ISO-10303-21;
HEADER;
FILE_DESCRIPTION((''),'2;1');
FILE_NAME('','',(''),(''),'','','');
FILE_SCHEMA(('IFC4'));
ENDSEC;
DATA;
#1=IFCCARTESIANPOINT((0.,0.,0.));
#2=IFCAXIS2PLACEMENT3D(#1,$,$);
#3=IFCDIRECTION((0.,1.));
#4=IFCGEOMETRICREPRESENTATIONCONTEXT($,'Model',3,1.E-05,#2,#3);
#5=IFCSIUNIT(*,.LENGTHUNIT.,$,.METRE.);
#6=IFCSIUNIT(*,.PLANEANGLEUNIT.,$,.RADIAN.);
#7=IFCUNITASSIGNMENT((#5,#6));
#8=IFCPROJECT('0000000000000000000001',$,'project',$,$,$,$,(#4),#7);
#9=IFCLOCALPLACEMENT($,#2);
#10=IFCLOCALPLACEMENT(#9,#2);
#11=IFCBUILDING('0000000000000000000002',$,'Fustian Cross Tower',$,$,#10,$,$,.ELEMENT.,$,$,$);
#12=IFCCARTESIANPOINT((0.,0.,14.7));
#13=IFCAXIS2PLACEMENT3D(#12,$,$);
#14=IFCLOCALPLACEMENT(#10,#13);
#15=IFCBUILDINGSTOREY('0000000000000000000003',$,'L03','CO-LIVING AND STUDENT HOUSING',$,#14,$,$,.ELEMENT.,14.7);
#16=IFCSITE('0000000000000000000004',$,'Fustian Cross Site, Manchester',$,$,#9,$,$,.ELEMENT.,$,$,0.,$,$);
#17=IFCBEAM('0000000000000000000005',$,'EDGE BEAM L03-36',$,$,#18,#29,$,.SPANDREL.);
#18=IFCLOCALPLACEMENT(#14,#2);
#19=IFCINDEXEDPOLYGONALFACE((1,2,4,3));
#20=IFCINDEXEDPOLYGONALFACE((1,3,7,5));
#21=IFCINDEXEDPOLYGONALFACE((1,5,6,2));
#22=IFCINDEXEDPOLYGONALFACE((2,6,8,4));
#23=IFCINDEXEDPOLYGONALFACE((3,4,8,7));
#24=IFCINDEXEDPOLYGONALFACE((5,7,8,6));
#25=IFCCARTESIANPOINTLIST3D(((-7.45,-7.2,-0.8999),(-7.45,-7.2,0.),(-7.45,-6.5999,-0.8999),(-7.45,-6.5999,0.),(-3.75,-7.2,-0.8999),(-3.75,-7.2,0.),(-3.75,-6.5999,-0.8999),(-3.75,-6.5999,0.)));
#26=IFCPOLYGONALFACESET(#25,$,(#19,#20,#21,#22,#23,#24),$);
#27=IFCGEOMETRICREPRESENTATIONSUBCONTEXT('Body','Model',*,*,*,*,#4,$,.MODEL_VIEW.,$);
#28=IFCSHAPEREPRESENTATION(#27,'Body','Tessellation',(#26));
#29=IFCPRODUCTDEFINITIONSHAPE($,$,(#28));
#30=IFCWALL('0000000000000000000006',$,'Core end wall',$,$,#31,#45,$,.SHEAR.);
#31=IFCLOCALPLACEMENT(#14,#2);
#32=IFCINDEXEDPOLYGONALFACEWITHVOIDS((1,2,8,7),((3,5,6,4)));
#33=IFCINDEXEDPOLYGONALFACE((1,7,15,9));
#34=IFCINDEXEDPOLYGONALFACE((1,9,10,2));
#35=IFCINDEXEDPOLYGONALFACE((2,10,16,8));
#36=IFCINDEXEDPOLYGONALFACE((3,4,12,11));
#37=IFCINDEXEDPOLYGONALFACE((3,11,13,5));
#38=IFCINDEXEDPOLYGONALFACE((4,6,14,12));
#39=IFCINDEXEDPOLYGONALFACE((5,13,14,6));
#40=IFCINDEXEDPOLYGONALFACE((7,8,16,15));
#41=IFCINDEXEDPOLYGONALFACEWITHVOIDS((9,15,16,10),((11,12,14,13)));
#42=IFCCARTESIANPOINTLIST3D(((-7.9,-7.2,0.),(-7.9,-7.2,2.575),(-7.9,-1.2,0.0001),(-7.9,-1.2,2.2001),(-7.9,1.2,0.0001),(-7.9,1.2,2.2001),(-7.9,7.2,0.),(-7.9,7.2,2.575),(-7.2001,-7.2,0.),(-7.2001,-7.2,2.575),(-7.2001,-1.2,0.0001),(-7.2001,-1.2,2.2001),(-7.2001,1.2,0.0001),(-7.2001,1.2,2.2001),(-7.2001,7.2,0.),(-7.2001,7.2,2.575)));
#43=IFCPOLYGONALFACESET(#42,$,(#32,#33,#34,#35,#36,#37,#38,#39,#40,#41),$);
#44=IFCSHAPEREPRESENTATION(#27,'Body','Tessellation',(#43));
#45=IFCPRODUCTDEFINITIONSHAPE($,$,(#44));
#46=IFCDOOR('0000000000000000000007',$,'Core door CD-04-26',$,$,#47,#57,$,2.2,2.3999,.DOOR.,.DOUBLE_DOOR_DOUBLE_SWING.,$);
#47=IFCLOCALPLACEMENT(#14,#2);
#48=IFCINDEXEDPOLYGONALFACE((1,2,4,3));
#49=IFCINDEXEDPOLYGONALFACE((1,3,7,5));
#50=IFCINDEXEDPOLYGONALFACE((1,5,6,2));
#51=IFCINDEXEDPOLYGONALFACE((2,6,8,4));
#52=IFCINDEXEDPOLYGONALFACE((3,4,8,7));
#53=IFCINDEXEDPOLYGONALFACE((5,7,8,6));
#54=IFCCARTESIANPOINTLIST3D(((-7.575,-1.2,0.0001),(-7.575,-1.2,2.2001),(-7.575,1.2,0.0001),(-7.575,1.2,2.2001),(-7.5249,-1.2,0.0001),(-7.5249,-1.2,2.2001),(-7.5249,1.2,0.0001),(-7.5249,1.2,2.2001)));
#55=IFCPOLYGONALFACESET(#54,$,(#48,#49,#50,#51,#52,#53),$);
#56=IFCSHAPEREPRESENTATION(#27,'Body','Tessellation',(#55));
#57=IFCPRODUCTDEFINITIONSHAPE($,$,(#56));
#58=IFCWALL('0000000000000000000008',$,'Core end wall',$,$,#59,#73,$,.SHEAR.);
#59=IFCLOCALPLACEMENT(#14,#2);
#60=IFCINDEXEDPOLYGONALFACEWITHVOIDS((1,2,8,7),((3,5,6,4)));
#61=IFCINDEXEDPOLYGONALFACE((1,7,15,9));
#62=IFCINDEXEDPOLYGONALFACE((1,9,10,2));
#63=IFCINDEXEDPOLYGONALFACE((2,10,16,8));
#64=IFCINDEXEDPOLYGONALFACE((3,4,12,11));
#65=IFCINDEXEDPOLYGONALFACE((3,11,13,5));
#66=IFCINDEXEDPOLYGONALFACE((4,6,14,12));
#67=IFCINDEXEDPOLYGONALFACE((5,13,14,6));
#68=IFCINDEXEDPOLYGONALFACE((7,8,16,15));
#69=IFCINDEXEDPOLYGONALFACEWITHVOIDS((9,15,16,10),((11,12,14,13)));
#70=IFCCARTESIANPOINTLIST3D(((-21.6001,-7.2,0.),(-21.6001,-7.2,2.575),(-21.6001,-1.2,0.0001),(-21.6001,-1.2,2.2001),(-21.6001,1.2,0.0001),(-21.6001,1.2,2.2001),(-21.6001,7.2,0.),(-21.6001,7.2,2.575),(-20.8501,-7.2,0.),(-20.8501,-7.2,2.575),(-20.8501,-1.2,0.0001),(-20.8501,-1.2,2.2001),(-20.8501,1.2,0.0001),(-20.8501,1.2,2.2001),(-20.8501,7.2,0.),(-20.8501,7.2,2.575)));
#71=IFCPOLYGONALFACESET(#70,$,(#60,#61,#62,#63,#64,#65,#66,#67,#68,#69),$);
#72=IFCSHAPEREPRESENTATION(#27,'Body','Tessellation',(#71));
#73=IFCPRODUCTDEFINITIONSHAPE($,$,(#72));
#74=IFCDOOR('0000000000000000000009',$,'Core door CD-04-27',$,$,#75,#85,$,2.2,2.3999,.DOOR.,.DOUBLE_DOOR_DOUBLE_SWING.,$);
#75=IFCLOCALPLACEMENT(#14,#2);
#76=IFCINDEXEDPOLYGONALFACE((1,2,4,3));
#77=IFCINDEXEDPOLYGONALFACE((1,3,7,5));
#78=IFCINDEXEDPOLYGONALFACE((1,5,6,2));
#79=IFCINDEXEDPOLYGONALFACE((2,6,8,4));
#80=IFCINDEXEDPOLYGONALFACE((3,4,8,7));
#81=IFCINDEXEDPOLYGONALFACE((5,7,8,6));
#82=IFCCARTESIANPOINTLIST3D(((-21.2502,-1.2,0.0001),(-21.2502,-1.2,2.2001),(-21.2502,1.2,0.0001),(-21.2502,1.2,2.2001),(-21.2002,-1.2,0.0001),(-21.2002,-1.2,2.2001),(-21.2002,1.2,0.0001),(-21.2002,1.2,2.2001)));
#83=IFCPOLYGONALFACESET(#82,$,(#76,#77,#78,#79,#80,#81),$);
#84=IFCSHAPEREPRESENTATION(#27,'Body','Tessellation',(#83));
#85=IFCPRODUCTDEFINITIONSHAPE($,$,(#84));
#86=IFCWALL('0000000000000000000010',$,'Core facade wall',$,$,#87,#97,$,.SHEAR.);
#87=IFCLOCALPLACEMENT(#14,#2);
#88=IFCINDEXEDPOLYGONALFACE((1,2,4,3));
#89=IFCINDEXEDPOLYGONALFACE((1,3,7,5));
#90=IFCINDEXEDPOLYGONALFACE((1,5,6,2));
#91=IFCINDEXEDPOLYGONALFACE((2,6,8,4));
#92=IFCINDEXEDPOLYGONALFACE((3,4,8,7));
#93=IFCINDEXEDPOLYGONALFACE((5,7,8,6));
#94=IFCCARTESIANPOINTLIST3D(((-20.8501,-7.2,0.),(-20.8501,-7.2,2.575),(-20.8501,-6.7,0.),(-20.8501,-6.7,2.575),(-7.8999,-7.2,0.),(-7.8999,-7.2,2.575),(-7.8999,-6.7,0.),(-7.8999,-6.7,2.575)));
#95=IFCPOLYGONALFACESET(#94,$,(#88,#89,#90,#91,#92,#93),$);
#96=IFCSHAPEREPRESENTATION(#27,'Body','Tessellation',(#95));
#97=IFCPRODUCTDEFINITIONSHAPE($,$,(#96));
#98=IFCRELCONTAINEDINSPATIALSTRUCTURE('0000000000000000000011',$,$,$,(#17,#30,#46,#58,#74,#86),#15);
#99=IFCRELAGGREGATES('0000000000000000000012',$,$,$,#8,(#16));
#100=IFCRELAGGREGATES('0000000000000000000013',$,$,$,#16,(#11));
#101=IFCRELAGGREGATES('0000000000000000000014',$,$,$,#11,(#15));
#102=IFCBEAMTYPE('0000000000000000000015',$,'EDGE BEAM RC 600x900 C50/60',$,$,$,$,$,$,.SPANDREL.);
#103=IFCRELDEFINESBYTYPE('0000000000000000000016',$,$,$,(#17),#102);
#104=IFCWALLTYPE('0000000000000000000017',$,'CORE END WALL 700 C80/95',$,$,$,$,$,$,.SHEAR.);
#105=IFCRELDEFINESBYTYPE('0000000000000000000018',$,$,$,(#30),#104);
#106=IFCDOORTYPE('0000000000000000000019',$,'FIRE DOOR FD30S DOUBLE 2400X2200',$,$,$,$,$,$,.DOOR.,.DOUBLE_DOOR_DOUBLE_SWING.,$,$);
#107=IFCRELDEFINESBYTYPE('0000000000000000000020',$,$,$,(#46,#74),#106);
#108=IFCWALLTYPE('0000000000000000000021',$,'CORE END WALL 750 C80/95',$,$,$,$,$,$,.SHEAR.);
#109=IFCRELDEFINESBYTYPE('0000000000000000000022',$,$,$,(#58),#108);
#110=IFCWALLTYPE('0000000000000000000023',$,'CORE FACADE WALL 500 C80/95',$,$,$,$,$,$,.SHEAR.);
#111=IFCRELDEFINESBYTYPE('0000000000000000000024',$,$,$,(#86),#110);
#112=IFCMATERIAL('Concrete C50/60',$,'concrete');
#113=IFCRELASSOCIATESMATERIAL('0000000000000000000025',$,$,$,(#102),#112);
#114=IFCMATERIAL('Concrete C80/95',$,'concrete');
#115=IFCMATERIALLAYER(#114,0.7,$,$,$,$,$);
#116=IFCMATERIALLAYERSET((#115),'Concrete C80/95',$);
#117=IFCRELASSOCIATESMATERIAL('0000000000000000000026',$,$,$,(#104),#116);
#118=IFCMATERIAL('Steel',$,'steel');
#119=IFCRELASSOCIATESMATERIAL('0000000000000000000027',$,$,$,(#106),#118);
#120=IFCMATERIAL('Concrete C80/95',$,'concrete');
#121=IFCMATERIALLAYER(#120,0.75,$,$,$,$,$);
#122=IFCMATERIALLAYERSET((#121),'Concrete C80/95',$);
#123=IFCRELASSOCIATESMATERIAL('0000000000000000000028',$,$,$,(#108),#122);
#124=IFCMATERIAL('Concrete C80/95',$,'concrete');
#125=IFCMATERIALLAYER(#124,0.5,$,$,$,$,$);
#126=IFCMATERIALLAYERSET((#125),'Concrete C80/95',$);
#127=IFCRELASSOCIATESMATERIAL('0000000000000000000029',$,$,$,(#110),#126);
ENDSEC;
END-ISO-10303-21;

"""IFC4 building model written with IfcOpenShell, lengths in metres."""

from ifc_helpers import new_model, si_unit, direction, frame, frame_2d, origin, origin_2d, place, context, subcontext, project, spatial, rectangle, extrude, material, layer, layer_set, material_profile, profile_set, type_object, element, fill, save


model = new_model("IFC4")

# Units and contexts
model_context = context("Model", 3, precision=1e-05, world=origin(), true_north=direction((0.0, 1.0)))
body_context = subcontext(model_context, "Body", "Model", "MODEL_VIEW")
ifc_project = project(units=[si_unit("LENGTHUNIT", "METRE"), si_unit("PLANEANGLEUNIT", "RADIAN")], contexts=[model_context])

# Site, building, storey
site_placement = place(None, origin())
site = spatial("IfcSite", under=ifc_project, at=site_placement, Name="Fustian Cross Site, Manchester", CompositionType="ELEMENT", RefElevation=0.0)
building_placement = place(site_placement, origin())
building = spatial("IfcBuilding", under=site, at=building_placement, Name="Fustian Cross Tower", CompositionType="ELEMENT")
storey_placement = place(building_placement, frame((0.0, 0.0, 14.7)))
storey = spatial("IfcBuildingStorey", under=building, at=storey_placement, Name="L03", Description="CO-LIVING AND STUDENT HOUSING", CompositionType="ELEMENT", Elevation=14.7)

# Beam
ifc_material_1 = material(Name="Concrete C50/60", Category="concrete")
ifc_material_profile = material_profile(ifc_material_1, rectangle(XDim=0.6001, YDim=0.8999, at=origin_2d()), Name="RC 600x900")
ifc_profile_set = profile_set([ifc_material_profile], Name="Concrete C50/60")
beam_type = type_object("IfcBeamType", Name="EDGE BEAM RC 600x900 C50/60", PredefinedType="SPANDREL", material=ifc_profile_set)
beam_placement = place(storey_placement, frame((-7.45, -6.8999, -0.45), z_axis=(1.0, 0.0, 0.0), x_axis=(0.0, 1.0, 0.0)))
element("IfcBeam", 1, at=beam_placement, inside=storey, type_object=beam_type, Name="EDGE BEAM L03-36", PredefinedType="SPANDREL", context=body_context, shape_type="SweptSolid", body=[
    extrude(rectangle(XDim=0.6001, YDim=0.8999, at=origin_2d()), origin(), (0.0, 0.0, 1.0), 3.7),
])

# Walls, openings, doors
ifc_material_2 = material(Name="Concrete C80/95", Category="concrete")
ifc_layer_1 = layer(ifc_material_2, 0.7)
ifc_layer_set_1 = layer_set([ifc_layer_1], Name="Concrete C80/95")
wall_type_1 = type_object("IfcWallType", Name="CORE END WALL 700 C80/95", PredefinedType="SHEAR", material=ifc_layer_set_1)
wall_1_placement = place(storey_placement, frame((-7.55, -7.2, 0.0), z_axis=(0.0, 0.0, 1.0), x_axis=(0.0, 1.0, 0.0)))
wall_1 = element("IfcWall", 2, at=wall_1_placement, inside=storey, type_object=wall_type_1, Name="Core end wall", PredefinedType="SHEAR", context=body_context, shape_type="SweptSolid", body=[
    extrude(rectangle(XDim=14.3999, YDim=0.7, at=frame_2d((7.2, 0.0))), origin(), (0.0, 0.0, 1.0), 2.575),
])
opening_1_placement = place(wall_1_placement, frame((6.0, 0.0, 0.0)))
opening_1 = element("IfcOpeningElement", 3, at=opening_1_placement, cuts=wall_1, PredefinedType="OPENING", context=body_context, shape_type="SweptSolid", body=[
    extrude(rectangle(XDim=2.3999, YDim=2.2, at=frame_2d((1.2, 1.1001))), frame((0.0, 0.3599, 0.0), z_axis=(0.0, -1.0, 0.0), x_axis=(1.0, 0.0, 0.0)), (0.0, 0.0, 1.0), 0.72),
])
ifc_material_3 = material(Name="Steel", Category="steel")
door_type_1 = type_object("IfcDoorType", Name="FIRE DOOR FD30S DOUBLE 2400X2200", OperationType="DOUBLE_DOOR_DOUBLE_SWING", PredefinedType="DOOR", material=ifc_material_3)
door_1_placement = place(opening_1_placement, origin())
door_1 = element("IfcDoor", 4, at=door_1_placement, inside=storey, type_object=door_type_1, Name="Core door CD-04-26", OperationType="DOUBLE_DOOR_DOUBLE_SWING", OverallHeight=2.2, OverallWidth=2.3999, PredefinedType="DOOR", context=body_context, shape_type="SweptSolid", body=[
    extrude(rectangle(XDim=2.3999, YDim=2.2, at=frame_2d((1.2, 1.1001))), frame((0.0, 0.0249, 0.0), z_axis=(0.0, -1.0, 0.0), x_axis=(1.0, 0.0, 0.0)), (0.0, 0.0, 1.0), 0.05),
])
fill(opening_1, door_1)
ifc_material_4 = material(Name="Concrete C80/95", Category="concrete")
ifc_layer_2 = layer(ifc_material_4, 0.75)
ifc_layer_set_2 = layer_set([ifc_layer_2], Name="Concrete C80/95")
wall_type_2 = type_object("IfcWallType", Name="CORE END WALL 750 C80/95", PredefinedType="SHEAR", material=ifc_layer_set_2)
wall_2_placement = place(storey_placement, frame((-21.2251, -7.2, 0.0), z_axis=(0.0, 0.0, 1.0), x_axis=(0.0, 1.0, 0.0)))
wall_2 = element("IfcWall", 5, at=wall_2_placement, inside=storey, type_object=wall_type_2, Name="Core end wall", PredefinedType="SHEAR", context=body_context, shape_type="SweptSolid", body=[
    extrude(rectangle(XDim=14.3999, YDim=0.75, at=frame_2d((7.2, 0.0))), origin(), (0.0, 0.0, 1.0), 2.575),
])
opening_2_placement = place(wall_2_placement, frame((6.0, 0.0, 0.0)))
opening_2 = element("IfcOpeningElement", 6, at=opening_2_placement, cuts=wall_2, PredefinedType="OPENING", context=body_context, shape_type="SweptSolid", body=[
    extrude(rectangle(XDim=2.3999, YDim=2.2, at=frame_2d((1.2, 1.1001))), frame((0.0, 0.385, 0.0), z_axis=(0.0, -1.0, 0.0), x_axis=(1.0, 0.0, 0.0)), (0.0, 0.0, 1.0), 0.77),
])
door_2_placement = place(opening_2_placement, frame((2.3999, 0.0, 0.0), z_axis=(0.0, 0.0, 1.0), x_axis=(-1.0, 0.0, 0.0)))
door_2 = element("IfcDoor", 7, at=door_2_placement, inside=storey, type_object=door_type_1, Name="Core door CD-04-27", OperationType="DOUBLE_DOOR_DOUBLE_SWING", OverallHeight=2.2, OverallWidth=2.3999, PredefinedType="DOOR", context=body_context, shape_type="SweptSolid", body=[
    extrude(rectangle(XDim=2.3999, YDim=2.2, at=frame_2d((1.2, 1.1001))), frame((0.0, 0.0249, 0.0), z_axis=(0.0, -1.0, 0.0), x_axis=(1.0, 0.0, 0.0)), (0.0, 0.0, 1.0), 0.05),
])
fill(opening_2, door_2)

# Wall
ifc_material_5 = material(Name="Concrete C80/95", Category="concrete")
ifc_layer_3 = layer(ifc_material_5, 0.5)
ifc_layer_set_3 = layer_set([ifc_layer_3], Name="Concrete C80/95")
wall_type_3 = type_object("IfcWallType", Name="CORE FACADE WALL 500 C80/95", PredefinedType="SHEAR", material=ifc_layer_set_3)
wall_3_placement = place(storey_placement, frame((-7.8999, -6.95, 0.0), z_axis=(0.0, 0.0, 1.0), x_axis=(-1.0, 0.0, 0.0)))
element("IfcWall", 8, at=wall_3_placement, inside=storey, type_object=wall_type_3, Name="Core facade wall", PredefinedType="SHEAR", context=body_context, shape_type="SweptSolid", body=[
    extrude(rectangle(XDim=12.9502, YDim=0.5, at=frame_2d((6.4751, 0.0))), origin(), (0.0, 0.0, 1.0), 2.575),
])

save(model, "model.ifc")
